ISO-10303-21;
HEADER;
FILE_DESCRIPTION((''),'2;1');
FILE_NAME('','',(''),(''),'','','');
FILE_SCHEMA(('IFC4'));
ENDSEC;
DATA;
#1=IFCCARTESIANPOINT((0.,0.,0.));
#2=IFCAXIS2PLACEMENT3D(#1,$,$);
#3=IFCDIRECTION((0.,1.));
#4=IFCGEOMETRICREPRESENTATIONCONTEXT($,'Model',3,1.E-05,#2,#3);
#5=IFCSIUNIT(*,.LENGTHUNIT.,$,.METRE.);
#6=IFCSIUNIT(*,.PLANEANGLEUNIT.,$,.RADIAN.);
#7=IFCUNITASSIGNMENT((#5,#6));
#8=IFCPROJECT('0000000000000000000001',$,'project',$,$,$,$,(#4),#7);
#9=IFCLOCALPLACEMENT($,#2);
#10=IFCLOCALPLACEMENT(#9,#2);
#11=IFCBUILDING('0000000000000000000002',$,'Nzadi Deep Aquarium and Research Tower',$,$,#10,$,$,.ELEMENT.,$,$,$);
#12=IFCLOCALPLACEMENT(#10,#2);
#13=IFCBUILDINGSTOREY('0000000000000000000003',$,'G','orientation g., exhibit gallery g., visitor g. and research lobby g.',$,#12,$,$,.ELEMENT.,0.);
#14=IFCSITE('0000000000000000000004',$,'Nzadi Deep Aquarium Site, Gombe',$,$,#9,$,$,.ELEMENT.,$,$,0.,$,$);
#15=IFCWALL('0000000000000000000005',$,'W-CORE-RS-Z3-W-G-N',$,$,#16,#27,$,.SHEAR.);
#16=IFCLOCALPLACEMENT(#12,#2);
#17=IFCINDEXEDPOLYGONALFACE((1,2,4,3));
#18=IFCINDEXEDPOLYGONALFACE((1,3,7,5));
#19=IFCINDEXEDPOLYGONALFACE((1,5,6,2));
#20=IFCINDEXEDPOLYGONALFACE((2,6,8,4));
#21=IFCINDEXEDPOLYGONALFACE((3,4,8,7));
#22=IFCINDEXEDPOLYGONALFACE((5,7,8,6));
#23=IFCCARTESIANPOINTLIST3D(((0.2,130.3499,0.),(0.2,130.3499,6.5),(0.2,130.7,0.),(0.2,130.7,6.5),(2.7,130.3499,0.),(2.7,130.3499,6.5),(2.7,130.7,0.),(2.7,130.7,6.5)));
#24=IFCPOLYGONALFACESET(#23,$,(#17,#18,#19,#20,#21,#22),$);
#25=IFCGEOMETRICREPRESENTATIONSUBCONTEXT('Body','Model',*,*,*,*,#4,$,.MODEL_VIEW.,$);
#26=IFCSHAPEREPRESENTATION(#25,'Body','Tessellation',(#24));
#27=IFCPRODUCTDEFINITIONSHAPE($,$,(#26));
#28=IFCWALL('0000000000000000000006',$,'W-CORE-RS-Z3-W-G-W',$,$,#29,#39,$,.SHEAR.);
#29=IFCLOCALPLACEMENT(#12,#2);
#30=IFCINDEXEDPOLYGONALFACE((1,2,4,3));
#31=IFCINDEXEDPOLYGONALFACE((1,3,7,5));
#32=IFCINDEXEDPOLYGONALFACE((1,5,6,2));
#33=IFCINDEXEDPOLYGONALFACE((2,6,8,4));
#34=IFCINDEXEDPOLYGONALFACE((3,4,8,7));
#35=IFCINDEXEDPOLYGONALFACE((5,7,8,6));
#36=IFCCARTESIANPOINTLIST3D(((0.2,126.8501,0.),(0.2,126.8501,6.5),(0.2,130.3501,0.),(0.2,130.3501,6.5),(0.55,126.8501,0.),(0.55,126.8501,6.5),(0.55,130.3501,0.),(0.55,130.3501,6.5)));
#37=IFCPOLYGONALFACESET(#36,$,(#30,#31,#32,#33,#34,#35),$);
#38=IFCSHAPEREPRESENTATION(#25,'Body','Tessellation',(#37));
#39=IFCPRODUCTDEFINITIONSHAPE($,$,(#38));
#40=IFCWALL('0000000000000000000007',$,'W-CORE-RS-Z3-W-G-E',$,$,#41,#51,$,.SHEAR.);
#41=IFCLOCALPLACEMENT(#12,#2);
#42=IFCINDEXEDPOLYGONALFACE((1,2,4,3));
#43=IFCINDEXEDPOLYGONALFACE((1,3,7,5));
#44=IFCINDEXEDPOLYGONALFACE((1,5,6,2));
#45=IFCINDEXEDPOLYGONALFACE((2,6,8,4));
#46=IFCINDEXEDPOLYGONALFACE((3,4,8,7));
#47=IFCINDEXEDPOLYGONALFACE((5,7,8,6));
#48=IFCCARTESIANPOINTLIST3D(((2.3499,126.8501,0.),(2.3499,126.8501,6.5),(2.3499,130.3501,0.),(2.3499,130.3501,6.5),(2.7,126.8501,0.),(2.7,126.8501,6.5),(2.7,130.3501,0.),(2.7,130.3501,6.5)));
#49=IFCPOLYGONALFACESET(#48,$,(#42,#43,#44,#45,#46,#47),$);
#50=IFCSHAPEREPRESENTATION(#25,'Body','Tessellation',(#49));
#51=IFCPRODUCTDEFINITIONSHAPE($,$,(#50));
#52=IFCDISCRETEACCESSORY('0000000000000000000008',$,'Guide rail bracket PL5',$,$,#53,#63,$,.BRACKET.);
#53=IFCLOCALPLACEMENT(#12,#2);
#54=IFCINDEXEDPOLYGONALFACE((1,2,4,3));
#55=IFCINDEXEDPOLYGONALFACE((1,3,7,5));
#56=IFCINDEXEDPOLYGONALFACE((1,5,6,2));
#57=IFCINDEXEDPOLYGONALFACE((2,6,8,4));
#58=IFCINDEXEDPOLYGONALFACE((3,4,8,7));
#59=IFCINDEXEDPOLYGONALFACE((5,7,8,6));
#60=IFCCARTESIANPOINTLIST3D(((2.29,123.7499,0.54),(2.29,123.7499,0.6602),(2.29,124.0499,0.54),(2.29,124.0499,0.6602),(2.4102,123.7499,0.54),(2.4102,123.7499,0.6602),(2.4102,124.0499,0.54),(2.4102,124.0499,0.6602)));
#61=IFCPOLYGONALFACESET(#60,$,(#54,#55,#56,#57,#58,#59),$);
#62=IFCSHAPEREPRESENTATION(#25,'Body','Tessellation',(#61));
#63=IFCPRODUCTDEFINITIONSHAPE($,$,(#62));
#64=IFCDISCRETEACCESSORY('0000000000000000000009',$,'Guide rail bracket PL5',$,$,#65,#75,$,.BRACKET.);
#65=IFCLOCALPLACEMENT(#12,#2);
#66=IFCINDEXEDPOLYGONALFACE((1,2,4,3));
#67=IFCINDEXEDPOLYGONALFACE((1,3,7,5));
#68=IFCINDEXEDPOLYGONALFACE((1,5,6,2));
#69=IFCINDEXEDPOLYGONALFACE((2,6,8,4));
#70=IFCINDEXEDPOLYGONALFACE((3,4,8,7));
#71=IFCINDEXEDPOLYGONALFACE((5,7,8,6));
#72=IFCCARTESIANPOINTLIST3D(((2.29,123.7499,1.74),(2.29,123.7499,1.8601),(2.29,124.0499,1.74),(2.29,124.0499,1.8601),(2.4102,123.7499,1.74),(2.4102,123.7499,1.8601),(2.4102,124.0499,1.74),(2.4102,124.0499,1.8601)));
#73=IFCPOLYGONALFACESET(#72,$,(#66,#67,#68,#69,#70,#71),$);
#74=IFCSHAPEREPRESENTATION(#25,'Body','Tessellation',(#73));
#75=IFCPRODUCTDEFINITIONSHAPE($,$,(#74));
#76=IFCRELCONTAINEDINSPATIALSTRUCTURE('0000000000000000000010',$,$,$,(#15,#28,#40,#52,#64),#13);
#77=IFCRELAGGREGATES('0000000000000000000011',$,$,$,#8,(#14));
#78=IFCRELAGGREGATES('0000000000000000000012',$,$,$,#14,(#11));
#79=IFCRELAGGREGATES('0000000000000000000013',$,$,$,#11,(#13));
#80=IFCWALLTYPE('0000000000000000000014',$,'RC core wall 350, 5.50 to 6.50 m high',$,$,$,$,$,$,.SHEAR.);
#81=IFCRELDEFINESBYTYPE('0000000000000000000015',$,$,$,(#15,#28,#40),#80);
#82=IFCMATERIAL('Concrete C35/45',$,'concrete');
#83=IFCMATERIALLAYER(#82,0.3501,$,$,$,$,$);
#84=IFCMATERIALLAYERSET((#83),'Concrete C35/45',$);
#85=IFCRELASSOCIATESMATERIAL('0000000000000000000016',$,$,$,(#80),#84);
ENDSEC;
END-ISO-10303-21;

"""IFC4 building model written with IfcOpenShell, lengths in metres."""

from ifc_helpers import new_model, si_unit, direction, frame, frame_2d, origin, origin_2d, place, context, subcontext, project, spatial, rectangle, extrude, material, layer, layer_set, type_object, element, save


model = new_model("IFC4")

# Units and contexts
model_context = context("Model", 3, precision=1e-05, world=origin(), true_north=direction((0.0, 1.0)))
body_context = subcontext(model_context, "Body", "Model", "MODEL_VIEW")
ifc_project = project(units=[si_unit("LENGTHUNIT", "METRE"), si_unit("PLANEANGLEUNIT", "RADIAN")], contexts=[model_context])

# Site, building, storey
site_placement = place(None, origin())
site = spatial("IfcSite", under=ifc_project, at=site_placement, Name="Nzadi Deep Aquarium Site, Gombe", CompositionType="ELEMENT", RefElevation=0.0)
building_placement = place(site_placement, origin())
building = spatial("IfcBuilding", under=site, at=building_placement, Name="Nzadi Deep Aquarium and Research Tower", CompositionType="ELEMENT")
storey_placement = place(building_placement, origin())
storey = spatial("IfcBuildingStorey", under=building, at=storey_placement, Name="G", Description="orientation g., exhibit gallery g., visitor g. and research lobby g.", CompositionType="ELEMENT", Elevation=0.0)

# Walls
ifc_material_1 = material(Name="Concrete C35/45", Category="concrete")
ifc_layer_1 = layer(ifc_material_1, 0.3501)
ifc_layer_set_1 = layer_set([ifc_layer_1], Name="Concrete C35/45")
wall_type = type_object("IfcWallType", Name="RC core wall 350, 5.50 to 6.50 m high", PredefinedType="SHEAR", material=ifc_layer_set_1)
for number, where, z_axis, x_axis, name in (
    (1, (0.2, 130.5249, 0.0), (0.0, 0.0, 1.0), (1.0, 0.0, 0.0), "W-CORE-RS-Z3-W-G-N"),
):
    element("IfcWall", number, at=place(storey_placement, frame(where, z_axis=z_axis, x_axis=x_axis)), inside=storey, type_object=wall_type, Name=name, PredefinedType="SHEAR", context=body_context, shape_type="SweptSolid", body=[
        extrude(rectangle(XDim=2.5, YDim=0.3501, at=frame_2d((1.25, 0.0))), origin(), (0.0, 0.0, 1.0), 6.5),
    ])
for number, where, z_axis, x_axis, name in (
    (2, (0.375, 126.8501, 0.0), (0.0, 0.0, 1.0), (0.0, 1.0, 0.0), "W-CORE-RS-Z3-W-G-W"),
    (3, (2.5249, 126.8501, 0.0), (0.0, 0.0, 1.0), (0.0, 1.0, 0.0), "W-CORE-RS-Z3-W-G-E"),
):
    element("IfcWall", number, at=place(storey_placement, frame(where, z_axis=z_axis, x_axis=x_axis)), inside=storey, type_object=wall_type, Name=name, PredefinedType="SHEAR", context=body_context, shape_type="SweptSolid", body=[
        extrude(rectangle(XDim=3.5, YDim=0.3501, at=frame_2d((1.75, 0.0))), origin(), (0.0, 0.0, 1.0), 6.5),
    ])

# Discrete accessories
for number, where, z_axis, x_axis, name in (
    (4, (2.3501, 123.8999, 0.54), (0.0, 0.0, 1.0), (1.0, 0.0, 0.0), "Guide rail bracket PL5"),
    (5, (2.3501, 123.8999, 1.74), (0.0, 0.0, 1.0), (1.0, 0.0, 0.0), "Guide rail bracket PL5"),
):
    element("IfcDiscreteAccessory", number, at=place(storey_placement, frame(where, z_axis=z_axis, x_axis=x_axis)), inside=storey, Name=name, PredefinedType="BRACKET", context=body_context, shape_type="SweptSolid", body=[
        extrude(rectangle(XDim=0.1201, YDim=0.3, at=origin_2d()), origin(), (0.0, 0.0, 1.0), 0.1201),
    ])

save(model, "model.ifc")
